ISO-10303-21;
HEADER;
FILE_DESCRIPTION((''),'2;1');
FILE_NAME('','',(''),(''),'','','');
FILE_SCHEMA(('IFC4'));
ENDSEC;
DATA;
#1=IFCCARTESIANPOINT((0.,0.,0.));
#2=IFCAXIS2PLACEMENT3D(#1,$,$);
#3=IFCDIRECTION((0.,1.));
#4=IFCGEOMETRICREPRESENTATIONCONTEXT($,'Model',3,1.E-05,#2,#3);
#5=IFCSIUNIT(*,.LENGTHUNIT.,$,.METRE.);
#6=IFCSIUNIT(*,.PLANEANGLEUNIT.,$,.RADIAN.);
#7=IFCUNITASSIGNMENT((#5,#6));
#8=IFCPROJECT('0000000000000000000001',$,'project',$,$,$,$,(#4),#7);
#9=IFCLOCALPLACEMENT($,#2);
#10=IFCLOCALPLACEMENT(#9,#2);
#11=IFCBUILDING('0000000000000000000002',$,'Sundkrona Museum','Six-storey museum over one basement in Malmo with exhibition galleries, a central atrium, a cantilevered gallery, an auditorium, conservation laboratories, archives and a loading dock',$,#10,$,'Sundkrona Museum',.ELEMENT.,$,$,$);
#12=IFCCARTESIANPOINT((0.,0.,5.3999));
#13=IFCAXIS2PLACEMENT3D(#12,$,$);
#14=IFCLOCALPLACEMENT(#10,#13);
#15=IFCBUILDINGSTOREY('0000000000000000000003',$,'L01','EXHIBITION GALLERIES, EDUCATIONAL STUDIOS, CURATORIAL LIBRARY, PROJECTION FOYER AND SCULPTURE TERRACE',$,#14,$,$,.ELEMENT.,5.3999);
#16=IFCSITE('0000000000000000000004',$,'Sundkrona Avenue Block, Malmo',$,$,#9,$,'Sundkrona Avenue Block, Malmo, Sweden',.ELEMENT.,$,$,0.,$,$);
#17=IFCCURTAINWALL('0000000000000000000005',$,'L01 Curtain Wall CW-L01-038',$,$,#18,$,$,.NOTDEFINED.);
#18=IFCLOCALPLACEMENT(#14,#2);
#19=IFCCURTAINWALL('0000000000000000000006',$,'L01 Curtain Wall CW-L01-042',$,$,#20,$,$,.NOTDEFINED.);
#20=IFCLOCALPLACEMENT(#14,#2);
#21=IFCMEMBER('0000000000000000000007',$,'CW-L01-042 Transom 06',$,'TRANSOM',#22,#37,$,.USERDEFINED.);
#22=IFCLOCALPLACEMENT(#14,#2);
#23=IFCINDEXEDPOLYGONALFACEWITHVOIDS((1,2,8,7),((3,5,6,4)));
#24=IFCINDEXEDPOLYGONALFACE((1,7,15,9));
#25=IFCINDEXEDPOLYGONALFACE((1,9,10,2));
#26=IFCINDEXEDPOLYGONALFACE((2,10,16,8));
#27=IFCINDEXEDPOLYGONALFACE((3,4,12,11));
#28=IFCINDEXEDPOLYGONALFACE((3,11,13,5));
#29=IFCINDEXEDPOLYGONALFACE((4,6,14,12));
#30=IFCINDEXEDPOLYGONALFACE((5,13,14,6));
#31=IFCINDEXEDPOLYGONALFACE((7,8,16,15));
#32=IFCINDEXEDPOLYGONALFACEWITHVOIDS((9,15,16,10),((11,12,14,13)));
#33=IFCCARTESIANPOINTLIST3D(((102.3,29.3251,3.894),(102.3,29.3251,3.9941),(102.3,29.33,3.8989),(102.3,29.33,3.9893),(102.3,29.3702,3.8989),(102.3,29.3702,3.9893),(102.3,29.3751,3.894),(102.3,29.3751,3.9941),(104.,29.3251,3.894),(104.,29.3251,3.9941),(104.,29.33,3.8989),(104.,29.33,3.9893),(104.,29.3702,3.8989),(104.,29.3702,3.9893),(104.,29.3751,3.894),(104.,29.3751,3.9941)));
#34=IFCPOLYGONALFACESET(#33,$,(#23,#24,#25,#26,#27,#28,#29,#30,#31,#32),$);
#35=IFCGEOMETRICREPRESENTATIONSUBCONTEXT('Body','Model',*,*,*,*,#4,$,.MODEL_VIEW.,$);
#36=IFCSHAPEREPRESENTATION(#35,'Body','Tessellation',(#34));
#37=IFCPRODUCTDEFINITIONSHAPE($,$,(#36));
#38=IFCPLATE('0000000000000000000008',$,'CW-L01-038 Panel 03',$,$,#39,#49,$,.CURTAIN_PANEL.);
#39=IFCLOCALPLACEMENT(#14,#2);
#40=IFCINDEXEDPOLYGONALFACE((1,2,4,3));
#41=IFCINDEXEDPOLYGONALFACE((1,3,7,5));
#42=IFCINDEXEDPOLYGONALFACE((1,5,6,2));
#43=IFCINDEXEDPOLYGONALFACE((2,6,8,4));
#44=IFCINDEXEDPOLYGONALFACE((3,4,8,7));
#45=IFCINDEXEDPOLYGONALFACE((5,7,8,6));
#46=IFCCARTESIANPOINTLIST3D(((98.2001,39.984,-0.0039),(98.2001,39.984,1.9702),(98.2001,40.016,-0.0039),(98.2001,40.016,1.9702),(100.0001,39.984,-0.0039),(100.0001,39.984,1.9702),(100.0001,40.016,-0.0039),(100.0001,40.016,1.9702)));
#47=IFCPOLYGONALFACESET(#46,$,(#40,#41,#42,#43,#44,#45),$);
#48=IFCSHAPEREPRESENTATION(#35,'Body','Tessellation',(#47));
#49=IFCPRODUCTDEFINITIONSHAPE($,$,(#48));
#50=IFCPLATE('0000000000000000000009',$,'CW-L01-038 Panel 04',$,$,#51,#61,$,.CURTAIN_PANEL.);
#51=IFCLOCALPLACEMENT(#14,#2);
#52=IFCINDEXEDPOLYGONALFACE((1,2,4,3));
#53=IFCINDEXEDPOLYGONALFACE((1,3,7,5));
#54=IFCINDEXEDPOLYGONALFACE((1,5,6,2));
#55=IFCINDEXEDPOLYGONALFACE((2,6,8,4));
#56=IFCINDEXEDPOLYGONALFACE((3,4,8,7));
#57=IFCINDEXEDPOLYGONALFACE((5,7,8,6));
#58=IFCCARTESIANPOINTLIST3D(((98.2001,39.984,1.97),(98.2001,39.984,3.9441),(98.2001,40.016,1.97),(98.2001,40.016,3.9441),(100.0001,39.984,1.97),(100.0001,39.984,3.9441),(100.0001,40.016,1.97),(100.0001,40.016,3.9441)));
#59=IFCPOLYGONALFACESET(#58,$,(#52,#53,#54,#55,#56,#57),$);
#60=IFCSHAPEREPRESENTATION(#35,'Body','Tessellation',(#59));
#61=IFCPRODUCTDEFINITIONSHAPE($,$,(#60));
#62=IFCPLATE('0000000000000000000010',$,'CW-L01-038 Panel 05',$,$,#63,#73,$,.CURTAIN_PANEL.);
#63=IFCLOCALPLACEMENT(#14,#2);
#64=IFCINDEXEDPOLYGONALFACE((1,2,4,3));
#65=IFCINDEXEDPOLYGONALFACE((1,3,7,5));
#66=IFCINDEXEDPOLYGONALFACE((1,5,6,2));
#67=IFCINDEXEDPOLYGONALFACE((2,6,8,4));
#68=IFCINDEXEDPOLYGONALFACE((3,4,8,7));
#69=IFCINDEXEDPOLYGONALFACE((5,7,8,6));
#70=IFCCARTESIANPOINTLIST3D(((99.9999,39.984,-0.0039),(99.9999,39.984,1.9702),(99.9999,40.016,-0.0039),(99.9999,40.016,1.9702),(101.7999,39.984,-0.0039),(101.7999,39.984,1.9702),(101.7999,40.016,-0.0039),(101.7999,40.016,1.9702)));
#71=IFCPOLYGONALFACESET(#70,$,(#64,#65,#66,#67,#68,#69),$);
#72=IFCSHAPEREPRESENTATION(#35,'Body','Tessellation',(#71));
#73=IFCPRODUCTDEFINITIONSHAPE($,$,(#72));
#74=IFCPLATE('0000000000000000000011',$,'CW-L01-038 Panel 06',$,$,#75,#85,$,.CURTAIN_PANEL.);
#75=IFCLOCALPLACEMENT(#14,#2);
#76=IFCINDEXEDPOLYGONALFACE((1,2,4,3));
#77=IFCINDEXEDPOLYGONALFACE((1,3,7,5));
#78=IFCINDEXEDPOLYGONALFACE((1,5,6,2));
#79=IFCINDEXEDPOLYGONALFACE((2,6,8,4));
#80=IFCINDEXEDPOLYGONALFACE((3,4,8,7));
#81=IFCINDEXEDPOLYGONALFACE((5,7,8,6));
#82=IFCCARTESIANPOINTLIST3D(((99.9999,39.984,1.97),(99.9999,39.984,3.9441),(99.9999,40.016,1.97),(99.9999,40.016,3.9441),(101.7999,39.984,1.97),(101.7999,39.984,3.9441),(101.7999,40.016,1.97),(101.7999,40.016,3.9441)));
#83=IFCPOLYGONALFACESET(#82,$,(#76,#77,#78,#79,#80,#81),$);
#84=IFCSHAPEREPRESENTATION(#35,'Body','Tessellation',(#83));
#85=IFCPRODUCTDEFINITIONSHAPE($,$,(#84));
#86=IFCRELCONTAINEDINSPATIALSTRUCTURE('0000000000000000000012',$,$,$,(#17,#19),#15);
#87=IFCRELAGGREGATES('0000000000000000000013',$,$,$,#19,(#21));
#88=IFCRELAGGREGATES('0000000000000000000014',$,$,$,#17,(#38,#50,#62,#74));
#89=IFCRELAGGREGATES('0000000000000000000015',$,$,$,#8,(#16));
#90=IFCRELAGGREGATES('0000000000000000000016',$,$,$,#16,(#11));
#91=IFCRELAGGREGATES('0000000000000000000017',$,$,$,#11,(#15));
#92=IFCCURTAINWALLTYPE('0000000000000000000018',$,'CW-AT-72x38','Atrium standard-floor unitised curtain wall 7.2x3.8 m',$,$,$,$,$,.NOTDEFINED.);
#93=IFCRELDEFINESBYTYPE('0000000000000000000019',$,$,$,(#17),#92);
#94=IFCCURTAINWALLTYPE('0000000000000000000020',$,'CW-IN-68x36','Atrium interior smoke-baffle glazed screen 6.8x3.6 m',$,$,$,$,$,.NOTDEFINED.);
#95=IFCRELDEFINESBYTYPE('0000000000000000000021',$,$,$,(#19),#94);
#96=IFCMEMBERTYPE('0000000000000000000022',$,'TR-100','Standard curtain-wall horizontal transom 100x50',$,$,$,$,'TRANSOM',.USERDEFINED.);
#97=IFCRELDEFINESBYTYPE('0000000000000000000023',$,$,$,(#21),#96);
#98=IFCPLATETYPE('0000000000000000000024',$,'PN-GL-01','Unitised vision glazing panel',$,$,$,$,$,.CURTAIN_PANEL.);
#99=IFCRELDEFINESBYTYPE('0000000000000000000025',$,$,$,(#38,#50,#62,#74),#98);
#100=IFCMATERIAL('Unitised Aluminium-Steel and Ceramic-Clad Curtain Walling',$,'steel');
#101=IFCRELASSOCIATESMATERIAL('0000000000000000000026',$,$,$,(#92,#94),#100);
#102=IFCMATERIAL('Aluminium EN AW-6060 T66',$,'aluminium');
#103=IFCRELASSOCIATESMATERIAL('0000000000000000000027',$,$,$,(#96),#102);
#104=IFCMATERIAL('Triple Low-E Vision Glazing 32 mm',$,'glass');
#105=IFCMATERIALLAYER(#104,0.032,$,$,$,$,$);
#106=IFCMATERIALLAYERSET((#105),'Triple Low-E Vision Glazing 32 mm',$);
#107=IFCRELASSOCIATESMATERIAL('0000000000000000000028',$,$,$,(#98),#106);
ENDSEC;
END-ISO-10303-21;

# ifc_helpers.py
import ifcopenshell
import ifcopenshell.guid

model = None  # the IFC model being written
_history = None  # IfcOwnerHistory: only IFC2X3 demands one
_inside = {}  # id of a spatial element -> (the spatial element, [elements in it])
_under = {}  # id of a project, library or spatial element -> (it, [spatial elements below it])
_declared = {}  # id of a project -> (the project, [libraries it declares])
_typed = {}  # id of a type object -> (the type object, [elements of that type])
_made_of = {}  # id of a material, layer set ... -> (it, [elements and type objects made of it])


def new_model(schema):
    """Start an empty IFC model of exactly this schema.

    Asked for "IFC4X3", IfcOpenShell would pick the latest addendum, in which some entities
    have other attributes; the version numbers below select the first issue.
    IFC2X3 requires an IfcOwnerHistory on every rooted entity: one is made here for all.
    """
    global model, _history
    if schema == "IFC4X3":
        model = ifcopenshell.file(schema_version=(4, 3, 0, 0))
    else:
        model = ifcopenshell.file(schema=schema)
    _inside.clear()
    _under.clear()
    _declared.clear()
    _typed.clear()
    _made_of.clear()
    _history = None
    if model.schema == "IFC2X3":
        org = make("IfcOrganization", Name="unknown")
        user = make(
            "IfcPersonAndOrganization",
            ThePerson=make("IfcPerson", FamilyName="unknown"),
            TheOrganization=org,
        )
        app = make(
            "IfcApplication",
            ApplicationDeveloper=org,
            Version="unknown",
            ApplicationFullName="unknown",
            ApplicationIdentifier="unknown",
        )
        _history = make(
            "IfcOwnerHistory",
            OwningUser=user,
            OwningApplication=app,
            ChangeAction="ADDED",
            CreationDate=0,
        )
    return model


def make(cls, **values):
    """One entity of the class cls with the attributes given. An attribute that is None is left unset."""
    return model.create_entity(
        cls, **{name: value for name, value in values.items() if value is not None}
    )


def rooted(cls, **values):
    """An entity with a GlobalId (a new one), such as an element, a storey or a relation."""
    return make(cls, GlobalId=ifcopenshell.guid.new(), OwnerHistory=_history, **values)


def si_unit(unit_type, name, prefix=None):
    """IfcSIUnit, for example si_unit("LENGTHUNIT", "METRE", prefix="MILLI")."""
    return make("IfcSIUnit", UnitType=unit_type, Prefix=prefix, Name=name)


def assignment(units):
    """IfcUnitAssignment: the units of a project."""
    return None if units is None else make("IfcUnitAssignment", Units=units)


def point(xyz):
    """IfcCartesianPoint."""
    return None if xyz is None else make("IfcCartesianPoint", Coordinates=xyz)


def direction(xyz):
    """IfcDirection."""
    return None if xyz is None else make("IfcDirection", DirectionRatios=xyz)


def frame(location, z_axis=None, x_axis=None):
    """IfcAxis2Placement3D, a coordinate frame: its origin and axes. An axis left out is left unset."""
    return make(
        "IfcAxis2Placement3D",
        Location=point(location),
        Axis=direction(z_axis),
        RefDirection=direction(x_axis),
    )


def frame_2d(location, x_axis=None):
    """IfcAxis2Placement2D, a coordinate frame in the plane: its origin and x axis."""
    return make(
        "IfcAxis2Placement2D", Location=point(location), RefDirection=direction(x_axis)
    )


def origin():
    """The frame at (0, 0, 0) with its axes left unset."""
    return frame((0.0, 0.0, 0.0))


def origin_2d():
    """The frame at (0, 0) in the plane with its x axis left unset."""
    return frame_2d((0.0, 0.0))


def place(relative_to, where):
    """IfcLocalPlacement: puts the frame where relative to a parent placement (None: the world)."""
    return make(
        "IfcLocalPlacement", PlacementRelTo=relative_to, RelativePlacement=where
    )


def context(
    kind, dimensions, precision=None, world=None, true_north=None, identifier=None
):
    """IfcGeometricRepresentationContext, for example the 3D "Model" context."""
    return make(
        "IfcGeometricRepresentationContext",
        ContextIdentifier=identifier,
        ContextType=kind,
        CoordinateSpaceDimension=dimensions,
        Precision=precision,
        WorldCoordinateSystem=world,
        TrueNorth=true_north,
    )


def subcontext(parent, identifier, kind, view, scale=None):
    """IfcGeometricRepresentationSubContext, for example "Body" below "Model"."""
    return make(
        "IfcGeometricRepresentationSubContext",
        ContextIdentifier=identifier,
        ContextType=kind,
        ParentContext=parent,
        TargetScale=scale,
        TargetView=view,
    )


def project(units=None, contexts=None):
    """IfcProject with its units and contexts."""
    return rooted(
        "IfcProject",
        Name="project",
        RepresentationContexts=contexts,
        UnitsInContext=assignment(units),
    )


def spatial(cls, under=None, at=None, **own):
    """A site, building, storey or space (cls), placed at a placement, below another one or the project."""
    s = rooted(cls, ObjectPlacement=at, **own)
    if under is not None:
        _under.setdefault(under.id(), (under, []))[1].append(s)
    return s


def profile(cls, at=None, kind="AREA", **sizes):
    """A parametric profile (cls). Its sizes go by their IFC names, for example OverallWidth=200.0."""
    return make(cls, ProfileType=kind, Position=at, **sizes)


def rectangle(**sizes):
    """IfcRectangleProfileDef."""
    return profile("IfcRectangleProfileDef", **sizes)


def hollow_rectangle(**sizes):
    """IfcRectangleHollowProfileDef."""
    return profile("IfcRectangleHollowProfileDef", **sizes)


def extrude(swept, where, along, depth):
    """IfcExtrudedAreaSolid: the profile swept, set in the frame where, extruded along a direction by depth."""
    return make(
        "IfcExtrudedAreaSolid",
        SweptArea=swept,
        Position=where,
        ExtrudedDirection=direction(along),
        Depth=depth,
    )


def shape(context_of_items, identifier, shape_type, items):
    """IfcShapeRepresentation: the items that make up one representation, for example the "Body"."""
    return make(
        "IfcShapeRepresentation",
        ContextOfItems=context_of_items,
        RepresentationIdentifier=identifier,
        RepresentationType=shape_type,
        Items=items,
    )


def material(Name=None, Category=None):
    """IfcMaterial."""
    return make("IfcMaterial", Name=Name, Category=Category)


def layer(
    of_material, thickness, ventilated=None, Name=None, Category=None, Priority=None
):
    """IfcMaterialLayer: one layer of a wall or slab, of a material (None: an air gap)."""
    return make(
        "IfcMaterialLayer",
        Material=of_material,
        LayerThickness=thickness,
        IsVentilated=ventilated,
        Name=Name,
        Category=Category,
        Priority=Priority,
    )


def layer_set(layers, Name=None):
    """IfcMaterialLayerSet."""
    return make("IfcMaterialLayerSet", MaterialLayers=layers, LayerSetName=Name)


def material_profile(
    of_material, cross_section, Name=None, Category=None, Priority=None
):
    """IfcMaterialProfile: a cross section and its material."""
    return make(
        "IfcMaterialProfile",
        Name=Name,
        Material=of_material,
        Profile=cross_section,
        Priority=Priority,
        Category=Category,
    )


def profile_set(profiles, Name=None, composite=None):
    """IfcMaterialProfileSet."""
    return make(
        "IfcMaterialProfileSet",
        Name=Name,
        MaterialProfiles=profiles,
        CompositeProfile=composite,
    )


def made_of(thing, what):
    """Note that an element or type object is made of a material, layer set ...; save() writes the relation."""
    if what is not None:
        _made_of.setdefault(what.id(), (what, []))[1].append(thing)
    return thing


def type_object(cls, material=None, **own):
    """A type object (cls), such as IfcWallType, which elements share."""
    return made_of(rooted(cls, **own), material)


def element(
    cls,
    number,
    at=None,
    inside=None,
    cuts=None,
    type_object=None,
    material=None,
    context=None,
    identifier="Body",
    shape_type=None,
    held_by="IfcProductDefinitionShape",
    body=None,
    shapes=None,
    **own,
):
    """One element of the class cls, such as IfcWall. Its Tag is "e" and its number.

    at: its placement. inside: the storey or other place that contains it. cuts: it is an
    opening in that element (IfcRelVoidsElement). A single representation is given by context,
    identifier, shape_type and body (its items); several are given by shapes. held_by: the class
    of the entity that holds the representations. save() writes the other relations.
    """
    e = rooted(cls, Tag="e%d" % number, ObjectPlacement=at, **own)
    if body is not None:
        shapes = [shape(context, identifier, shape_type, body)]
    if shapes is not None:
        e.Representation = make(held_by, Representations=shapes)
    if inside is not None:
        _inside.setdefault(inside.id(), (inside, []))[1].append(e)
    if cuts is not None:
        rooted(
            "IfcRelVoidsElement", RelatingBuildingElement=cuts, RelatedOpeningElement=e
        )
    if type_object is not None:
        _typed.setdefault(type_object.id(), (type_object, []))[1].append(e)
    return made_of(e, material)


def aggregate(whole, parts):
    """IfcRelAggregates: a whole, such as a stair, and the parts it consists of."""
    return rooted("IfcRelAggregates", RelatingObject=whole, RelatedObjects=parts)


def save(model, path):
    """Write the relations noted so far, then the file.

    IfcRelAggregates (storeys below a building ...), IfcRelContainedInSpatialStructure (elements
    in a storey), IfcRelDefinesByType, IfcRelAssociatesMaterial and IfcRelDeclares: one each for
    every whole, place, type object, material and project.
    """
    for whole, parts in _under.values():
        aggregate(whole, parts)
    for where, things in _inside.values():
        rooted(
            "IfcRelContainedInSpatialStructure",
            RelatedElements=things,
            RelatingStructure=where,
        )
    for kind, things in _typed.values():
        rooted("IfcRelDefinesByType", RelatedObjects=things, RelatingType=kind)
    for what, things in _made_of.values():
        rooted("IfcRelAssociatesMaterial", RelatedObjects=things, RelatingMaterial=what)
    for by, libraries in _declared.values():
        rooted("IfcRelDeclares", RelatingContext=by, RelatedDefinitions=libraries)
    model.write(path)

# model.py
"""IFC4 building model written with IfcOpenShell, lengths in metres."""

from ifc_helpers import new_model, si_unit, direction, frame, origin, origin_2d, place, context, subcontext, project, spatial, rectangle, hollow_rectangle, extrude, material, layer, layer_set, material_profile, profile_set, type_object, element, aggregate, save


model = new_model("IFC4")

# Units and contexts
model_context = context("Model", 3, precision=1e-05, world=origin(), true_north=direction((0.0, 1.0)))
body_context = subcontext(model_context, "Body", "Model", "MODEL_VIEW")
ifc_project = project(units=[si_unit("LENGTHUNIT", "METRE"), si_unit("PLANEANGLEUNIT", "RADIAN")], contexts=[model_context])

# Site, building, storey
site_placement = place(None, origin())
site = spatial("IfcSite", under=ifc_project, at=site_placement, Name="Sundkrona Avenue Block, Malmo", LongName="Sundkrona Avenue Block, Malmo, Sweden", CompositionType="ELEMENT", RefElevation=0.0)
building_placement = place(site_placement, origin())
building = spatial("IfcBuilding", under=site, at=building_placement, Name="Sundkrona Museum", Description="Six-storey museum over one basement in Malmo with exhibition galleries, a central atrium, a cantilevered gallery, an auditorium, conservation laboratories, archives and a loading dock", LongName="Sundkrona Museum", CompositionType="ELEMENT")
storey_placement = place(building_placement, frame((0.0, 0.0, 5.3999)))
storey = spatial("IfcBuildingStorey", under=building, at=storey_placement, Name="L01", Description="EXHIBITION GALLERIES, EDUCATIONAL STUDIOS, CURATORIAL LIBRARY, PROJECTION FOYER AND SCULPTURE TERRACE", CompositionType="ELEMENT", Elevation=5.3999)

# Curtain walls, member
ifc_material_1 = material(Name="Unitised Aluminium-Steel and Ceramic-Clad Curtain Walling", Category="steel")
curtain_wall_type_1 = type_object("IfcCurtainWallType", Name="CW-AT-72x38", Description="Atrium standard-floor unitised curtain wall 7.2x3.8 m", PredefinedType="NOTDEFINED", material=ifc_material_1)
curtain_wall_1_placement = place(storey_placement, origin())
curtain_wall_1 = element("IfcCurtainWall", 1, at=curtain_wall_1_placement, inside=storey, type_object=curtain_wall_type_1, Name="L01 Curtain Wall CW-L01-038", PredefinedType="NOTDEFINED")
ifc_material_2 = material(Name="Aluminium EN AW-6060 T66", Category="aluminium")
ifc_material_profile_1 = material_profile(ifc_material_2, hollow_rectangle(XDim=0.05, YDim=0.1001, WallThickness=0.0049, at=origin_2d()), Name="RHS 100x50x5.0")
ifc_profile_set_1 = profile_set([ifc_material_profile_1], Name="Aluminium EN AW-6060 T66")
member_type_1 = type_object("IfcMemberType", Name="TR-100", Description="Standard curtain-wall horizontal transom 100x50", ElementType="TRANSOM", PredefinedType="USERDEFINED", material=ifc_profile_set_1)
curtain_wall_type_2 = type_object("IfcCurtainWallType", Name="CW-IN-68x36", Description="Atrium interior smoke-baffle glazed screen 6.8x3.6 m", PredefinedType="NOTDEFINED", material=ifc_material_1)
curtain_wall_2_placement = place(storey_placement, origin())
curtain_wall_2 = element("IfcCurtainWall", 2, at=curtain_wall_2_placement, inside=storey, type_object=curtain_wall_type_2, Name="L01 Curtain Wall CW-L01-042", PredefinedType="NOTDEFINED")
member_1_placement = place(storey_placement, frame((102.3, 29.3501, 3.9441), z_axis=(1.0, 0.0, 0.0), x_axis=(0.0, 1.0, 0.0)))
member_1 = element("IfcMember", 3, at=member_1_placement, type_object=member_type_1, Name="CW-L01-042 Transom 06", ObjectType="TRANSOM", PredefinedType="USERDEFINED", context=body_context, shape_type="SweptSolid", body=[
    extrude(hollow_rectangle(XDim=0.05, YDim=0.1001, WallThickness=0.0049, at=origin_2d()), origin(), (0.0, 0.0, 1.0), 1.7),
])
aggregate(curtain_wall_2, [member_1])

# Plates
ifc_material_3 = material(Name="Triple Low-E Vision Glazing 32 mm", Category="glass")
ifc_layer = layer(ifc_material_3, 0.032)
ifc_layer_set = layer_set([ifc_layer], Name="Triple Low-E Vision Glazing 32 mm")
plate_type = type_object("IfcPlateType", Name="PN-GL-01", Description="Unitised vision glazing panel", PredefinedType="CURTAIN_PANEL", material=ifc_layer_set)
plate_1_placement = place(storey_placement, frame((99.1001, 40.0, -0.0039), z_axis=(0.0, 0.0, 1.0), x_axis=(1.0, 0.0, 0.0)))
plate_1 = element("IfcPlate", 4, at=plate_1_placement, type_object=plate_type, Name="CW-L01-038 Panel 03", PredefinedType="CURTAIN_PANEL", context=body_context, shape_type="SweptSolid", body=[
    extrude(rectangle(XDim=1.8, YDim=0.032, at=origin_2d()), origin(), (0.0, 0.0, 1.0), 1.9741),
])
plate_2_placement = place(storey_placement, frame((99.1001, 40.0, 1.97), z_axis=(0.0, 0.0, 1.0), x_axis=(1.0, 0.0, 0.0)))
plate_2 = element("IfcPlate", 5, at=plate_2_placement, type_object=plate_type, Name="CW-L01-038 Panel 04", PredefinedType="CURTAIN_PANEL", context=body_context, shape_type="SweptSolid", body=[
    extrude(rectangle(XDim=1.8, YDim=0.032, at=origin_2d()), origin(), (0.0, 0.0, 1.0), 1.9741),
])
plate_3_placement = place(storey_placement, frame((100.8999, 40.0, -0.0039), z_axis=(0.0, 0.0, 1.0), x_axis=(1.0, 0.0, 0.0)))
plate_3 = element("IfcPlate", 6, at=plate_3_placement, type_object=plate_type, Name="CW-L01-038 Panel 05", PredefinedType="CURTAIN_PANEL", context=body_context, shape_type="SweptSolid", body=[
    extrude(rectangle(XDim=1.8, YDim=0.032, at=origin_2d()), origin(), (0.0, 0.0, 1.0), 1.9741),
])
plate_4_placement = place(storey_placement, frame((100.8999, 40.0, 1.97), z_axis=(0.0, 0.0, 1.0), x_axis=(1.0, 0.0, 0.0)))
plate_4 = element("IfcPlate", 7, at=plate_4_placement, type_object=plate_type, Name="CW-L01-038 Panel 06", PredefinedType="CURTAIN_PANEL", context=body_context, shape_type="SweptSolid", body=[
    extrude(rectangle(XDim=1.8, YDim=0.032, at=origin_2d()), origin(), (0.0, 0.0, 1.0), 1.9741),
])
aggregate(curtain_wall_1, [plate_1, plate_2, plate_3, plate_4])

save(model, "model.ifc")
